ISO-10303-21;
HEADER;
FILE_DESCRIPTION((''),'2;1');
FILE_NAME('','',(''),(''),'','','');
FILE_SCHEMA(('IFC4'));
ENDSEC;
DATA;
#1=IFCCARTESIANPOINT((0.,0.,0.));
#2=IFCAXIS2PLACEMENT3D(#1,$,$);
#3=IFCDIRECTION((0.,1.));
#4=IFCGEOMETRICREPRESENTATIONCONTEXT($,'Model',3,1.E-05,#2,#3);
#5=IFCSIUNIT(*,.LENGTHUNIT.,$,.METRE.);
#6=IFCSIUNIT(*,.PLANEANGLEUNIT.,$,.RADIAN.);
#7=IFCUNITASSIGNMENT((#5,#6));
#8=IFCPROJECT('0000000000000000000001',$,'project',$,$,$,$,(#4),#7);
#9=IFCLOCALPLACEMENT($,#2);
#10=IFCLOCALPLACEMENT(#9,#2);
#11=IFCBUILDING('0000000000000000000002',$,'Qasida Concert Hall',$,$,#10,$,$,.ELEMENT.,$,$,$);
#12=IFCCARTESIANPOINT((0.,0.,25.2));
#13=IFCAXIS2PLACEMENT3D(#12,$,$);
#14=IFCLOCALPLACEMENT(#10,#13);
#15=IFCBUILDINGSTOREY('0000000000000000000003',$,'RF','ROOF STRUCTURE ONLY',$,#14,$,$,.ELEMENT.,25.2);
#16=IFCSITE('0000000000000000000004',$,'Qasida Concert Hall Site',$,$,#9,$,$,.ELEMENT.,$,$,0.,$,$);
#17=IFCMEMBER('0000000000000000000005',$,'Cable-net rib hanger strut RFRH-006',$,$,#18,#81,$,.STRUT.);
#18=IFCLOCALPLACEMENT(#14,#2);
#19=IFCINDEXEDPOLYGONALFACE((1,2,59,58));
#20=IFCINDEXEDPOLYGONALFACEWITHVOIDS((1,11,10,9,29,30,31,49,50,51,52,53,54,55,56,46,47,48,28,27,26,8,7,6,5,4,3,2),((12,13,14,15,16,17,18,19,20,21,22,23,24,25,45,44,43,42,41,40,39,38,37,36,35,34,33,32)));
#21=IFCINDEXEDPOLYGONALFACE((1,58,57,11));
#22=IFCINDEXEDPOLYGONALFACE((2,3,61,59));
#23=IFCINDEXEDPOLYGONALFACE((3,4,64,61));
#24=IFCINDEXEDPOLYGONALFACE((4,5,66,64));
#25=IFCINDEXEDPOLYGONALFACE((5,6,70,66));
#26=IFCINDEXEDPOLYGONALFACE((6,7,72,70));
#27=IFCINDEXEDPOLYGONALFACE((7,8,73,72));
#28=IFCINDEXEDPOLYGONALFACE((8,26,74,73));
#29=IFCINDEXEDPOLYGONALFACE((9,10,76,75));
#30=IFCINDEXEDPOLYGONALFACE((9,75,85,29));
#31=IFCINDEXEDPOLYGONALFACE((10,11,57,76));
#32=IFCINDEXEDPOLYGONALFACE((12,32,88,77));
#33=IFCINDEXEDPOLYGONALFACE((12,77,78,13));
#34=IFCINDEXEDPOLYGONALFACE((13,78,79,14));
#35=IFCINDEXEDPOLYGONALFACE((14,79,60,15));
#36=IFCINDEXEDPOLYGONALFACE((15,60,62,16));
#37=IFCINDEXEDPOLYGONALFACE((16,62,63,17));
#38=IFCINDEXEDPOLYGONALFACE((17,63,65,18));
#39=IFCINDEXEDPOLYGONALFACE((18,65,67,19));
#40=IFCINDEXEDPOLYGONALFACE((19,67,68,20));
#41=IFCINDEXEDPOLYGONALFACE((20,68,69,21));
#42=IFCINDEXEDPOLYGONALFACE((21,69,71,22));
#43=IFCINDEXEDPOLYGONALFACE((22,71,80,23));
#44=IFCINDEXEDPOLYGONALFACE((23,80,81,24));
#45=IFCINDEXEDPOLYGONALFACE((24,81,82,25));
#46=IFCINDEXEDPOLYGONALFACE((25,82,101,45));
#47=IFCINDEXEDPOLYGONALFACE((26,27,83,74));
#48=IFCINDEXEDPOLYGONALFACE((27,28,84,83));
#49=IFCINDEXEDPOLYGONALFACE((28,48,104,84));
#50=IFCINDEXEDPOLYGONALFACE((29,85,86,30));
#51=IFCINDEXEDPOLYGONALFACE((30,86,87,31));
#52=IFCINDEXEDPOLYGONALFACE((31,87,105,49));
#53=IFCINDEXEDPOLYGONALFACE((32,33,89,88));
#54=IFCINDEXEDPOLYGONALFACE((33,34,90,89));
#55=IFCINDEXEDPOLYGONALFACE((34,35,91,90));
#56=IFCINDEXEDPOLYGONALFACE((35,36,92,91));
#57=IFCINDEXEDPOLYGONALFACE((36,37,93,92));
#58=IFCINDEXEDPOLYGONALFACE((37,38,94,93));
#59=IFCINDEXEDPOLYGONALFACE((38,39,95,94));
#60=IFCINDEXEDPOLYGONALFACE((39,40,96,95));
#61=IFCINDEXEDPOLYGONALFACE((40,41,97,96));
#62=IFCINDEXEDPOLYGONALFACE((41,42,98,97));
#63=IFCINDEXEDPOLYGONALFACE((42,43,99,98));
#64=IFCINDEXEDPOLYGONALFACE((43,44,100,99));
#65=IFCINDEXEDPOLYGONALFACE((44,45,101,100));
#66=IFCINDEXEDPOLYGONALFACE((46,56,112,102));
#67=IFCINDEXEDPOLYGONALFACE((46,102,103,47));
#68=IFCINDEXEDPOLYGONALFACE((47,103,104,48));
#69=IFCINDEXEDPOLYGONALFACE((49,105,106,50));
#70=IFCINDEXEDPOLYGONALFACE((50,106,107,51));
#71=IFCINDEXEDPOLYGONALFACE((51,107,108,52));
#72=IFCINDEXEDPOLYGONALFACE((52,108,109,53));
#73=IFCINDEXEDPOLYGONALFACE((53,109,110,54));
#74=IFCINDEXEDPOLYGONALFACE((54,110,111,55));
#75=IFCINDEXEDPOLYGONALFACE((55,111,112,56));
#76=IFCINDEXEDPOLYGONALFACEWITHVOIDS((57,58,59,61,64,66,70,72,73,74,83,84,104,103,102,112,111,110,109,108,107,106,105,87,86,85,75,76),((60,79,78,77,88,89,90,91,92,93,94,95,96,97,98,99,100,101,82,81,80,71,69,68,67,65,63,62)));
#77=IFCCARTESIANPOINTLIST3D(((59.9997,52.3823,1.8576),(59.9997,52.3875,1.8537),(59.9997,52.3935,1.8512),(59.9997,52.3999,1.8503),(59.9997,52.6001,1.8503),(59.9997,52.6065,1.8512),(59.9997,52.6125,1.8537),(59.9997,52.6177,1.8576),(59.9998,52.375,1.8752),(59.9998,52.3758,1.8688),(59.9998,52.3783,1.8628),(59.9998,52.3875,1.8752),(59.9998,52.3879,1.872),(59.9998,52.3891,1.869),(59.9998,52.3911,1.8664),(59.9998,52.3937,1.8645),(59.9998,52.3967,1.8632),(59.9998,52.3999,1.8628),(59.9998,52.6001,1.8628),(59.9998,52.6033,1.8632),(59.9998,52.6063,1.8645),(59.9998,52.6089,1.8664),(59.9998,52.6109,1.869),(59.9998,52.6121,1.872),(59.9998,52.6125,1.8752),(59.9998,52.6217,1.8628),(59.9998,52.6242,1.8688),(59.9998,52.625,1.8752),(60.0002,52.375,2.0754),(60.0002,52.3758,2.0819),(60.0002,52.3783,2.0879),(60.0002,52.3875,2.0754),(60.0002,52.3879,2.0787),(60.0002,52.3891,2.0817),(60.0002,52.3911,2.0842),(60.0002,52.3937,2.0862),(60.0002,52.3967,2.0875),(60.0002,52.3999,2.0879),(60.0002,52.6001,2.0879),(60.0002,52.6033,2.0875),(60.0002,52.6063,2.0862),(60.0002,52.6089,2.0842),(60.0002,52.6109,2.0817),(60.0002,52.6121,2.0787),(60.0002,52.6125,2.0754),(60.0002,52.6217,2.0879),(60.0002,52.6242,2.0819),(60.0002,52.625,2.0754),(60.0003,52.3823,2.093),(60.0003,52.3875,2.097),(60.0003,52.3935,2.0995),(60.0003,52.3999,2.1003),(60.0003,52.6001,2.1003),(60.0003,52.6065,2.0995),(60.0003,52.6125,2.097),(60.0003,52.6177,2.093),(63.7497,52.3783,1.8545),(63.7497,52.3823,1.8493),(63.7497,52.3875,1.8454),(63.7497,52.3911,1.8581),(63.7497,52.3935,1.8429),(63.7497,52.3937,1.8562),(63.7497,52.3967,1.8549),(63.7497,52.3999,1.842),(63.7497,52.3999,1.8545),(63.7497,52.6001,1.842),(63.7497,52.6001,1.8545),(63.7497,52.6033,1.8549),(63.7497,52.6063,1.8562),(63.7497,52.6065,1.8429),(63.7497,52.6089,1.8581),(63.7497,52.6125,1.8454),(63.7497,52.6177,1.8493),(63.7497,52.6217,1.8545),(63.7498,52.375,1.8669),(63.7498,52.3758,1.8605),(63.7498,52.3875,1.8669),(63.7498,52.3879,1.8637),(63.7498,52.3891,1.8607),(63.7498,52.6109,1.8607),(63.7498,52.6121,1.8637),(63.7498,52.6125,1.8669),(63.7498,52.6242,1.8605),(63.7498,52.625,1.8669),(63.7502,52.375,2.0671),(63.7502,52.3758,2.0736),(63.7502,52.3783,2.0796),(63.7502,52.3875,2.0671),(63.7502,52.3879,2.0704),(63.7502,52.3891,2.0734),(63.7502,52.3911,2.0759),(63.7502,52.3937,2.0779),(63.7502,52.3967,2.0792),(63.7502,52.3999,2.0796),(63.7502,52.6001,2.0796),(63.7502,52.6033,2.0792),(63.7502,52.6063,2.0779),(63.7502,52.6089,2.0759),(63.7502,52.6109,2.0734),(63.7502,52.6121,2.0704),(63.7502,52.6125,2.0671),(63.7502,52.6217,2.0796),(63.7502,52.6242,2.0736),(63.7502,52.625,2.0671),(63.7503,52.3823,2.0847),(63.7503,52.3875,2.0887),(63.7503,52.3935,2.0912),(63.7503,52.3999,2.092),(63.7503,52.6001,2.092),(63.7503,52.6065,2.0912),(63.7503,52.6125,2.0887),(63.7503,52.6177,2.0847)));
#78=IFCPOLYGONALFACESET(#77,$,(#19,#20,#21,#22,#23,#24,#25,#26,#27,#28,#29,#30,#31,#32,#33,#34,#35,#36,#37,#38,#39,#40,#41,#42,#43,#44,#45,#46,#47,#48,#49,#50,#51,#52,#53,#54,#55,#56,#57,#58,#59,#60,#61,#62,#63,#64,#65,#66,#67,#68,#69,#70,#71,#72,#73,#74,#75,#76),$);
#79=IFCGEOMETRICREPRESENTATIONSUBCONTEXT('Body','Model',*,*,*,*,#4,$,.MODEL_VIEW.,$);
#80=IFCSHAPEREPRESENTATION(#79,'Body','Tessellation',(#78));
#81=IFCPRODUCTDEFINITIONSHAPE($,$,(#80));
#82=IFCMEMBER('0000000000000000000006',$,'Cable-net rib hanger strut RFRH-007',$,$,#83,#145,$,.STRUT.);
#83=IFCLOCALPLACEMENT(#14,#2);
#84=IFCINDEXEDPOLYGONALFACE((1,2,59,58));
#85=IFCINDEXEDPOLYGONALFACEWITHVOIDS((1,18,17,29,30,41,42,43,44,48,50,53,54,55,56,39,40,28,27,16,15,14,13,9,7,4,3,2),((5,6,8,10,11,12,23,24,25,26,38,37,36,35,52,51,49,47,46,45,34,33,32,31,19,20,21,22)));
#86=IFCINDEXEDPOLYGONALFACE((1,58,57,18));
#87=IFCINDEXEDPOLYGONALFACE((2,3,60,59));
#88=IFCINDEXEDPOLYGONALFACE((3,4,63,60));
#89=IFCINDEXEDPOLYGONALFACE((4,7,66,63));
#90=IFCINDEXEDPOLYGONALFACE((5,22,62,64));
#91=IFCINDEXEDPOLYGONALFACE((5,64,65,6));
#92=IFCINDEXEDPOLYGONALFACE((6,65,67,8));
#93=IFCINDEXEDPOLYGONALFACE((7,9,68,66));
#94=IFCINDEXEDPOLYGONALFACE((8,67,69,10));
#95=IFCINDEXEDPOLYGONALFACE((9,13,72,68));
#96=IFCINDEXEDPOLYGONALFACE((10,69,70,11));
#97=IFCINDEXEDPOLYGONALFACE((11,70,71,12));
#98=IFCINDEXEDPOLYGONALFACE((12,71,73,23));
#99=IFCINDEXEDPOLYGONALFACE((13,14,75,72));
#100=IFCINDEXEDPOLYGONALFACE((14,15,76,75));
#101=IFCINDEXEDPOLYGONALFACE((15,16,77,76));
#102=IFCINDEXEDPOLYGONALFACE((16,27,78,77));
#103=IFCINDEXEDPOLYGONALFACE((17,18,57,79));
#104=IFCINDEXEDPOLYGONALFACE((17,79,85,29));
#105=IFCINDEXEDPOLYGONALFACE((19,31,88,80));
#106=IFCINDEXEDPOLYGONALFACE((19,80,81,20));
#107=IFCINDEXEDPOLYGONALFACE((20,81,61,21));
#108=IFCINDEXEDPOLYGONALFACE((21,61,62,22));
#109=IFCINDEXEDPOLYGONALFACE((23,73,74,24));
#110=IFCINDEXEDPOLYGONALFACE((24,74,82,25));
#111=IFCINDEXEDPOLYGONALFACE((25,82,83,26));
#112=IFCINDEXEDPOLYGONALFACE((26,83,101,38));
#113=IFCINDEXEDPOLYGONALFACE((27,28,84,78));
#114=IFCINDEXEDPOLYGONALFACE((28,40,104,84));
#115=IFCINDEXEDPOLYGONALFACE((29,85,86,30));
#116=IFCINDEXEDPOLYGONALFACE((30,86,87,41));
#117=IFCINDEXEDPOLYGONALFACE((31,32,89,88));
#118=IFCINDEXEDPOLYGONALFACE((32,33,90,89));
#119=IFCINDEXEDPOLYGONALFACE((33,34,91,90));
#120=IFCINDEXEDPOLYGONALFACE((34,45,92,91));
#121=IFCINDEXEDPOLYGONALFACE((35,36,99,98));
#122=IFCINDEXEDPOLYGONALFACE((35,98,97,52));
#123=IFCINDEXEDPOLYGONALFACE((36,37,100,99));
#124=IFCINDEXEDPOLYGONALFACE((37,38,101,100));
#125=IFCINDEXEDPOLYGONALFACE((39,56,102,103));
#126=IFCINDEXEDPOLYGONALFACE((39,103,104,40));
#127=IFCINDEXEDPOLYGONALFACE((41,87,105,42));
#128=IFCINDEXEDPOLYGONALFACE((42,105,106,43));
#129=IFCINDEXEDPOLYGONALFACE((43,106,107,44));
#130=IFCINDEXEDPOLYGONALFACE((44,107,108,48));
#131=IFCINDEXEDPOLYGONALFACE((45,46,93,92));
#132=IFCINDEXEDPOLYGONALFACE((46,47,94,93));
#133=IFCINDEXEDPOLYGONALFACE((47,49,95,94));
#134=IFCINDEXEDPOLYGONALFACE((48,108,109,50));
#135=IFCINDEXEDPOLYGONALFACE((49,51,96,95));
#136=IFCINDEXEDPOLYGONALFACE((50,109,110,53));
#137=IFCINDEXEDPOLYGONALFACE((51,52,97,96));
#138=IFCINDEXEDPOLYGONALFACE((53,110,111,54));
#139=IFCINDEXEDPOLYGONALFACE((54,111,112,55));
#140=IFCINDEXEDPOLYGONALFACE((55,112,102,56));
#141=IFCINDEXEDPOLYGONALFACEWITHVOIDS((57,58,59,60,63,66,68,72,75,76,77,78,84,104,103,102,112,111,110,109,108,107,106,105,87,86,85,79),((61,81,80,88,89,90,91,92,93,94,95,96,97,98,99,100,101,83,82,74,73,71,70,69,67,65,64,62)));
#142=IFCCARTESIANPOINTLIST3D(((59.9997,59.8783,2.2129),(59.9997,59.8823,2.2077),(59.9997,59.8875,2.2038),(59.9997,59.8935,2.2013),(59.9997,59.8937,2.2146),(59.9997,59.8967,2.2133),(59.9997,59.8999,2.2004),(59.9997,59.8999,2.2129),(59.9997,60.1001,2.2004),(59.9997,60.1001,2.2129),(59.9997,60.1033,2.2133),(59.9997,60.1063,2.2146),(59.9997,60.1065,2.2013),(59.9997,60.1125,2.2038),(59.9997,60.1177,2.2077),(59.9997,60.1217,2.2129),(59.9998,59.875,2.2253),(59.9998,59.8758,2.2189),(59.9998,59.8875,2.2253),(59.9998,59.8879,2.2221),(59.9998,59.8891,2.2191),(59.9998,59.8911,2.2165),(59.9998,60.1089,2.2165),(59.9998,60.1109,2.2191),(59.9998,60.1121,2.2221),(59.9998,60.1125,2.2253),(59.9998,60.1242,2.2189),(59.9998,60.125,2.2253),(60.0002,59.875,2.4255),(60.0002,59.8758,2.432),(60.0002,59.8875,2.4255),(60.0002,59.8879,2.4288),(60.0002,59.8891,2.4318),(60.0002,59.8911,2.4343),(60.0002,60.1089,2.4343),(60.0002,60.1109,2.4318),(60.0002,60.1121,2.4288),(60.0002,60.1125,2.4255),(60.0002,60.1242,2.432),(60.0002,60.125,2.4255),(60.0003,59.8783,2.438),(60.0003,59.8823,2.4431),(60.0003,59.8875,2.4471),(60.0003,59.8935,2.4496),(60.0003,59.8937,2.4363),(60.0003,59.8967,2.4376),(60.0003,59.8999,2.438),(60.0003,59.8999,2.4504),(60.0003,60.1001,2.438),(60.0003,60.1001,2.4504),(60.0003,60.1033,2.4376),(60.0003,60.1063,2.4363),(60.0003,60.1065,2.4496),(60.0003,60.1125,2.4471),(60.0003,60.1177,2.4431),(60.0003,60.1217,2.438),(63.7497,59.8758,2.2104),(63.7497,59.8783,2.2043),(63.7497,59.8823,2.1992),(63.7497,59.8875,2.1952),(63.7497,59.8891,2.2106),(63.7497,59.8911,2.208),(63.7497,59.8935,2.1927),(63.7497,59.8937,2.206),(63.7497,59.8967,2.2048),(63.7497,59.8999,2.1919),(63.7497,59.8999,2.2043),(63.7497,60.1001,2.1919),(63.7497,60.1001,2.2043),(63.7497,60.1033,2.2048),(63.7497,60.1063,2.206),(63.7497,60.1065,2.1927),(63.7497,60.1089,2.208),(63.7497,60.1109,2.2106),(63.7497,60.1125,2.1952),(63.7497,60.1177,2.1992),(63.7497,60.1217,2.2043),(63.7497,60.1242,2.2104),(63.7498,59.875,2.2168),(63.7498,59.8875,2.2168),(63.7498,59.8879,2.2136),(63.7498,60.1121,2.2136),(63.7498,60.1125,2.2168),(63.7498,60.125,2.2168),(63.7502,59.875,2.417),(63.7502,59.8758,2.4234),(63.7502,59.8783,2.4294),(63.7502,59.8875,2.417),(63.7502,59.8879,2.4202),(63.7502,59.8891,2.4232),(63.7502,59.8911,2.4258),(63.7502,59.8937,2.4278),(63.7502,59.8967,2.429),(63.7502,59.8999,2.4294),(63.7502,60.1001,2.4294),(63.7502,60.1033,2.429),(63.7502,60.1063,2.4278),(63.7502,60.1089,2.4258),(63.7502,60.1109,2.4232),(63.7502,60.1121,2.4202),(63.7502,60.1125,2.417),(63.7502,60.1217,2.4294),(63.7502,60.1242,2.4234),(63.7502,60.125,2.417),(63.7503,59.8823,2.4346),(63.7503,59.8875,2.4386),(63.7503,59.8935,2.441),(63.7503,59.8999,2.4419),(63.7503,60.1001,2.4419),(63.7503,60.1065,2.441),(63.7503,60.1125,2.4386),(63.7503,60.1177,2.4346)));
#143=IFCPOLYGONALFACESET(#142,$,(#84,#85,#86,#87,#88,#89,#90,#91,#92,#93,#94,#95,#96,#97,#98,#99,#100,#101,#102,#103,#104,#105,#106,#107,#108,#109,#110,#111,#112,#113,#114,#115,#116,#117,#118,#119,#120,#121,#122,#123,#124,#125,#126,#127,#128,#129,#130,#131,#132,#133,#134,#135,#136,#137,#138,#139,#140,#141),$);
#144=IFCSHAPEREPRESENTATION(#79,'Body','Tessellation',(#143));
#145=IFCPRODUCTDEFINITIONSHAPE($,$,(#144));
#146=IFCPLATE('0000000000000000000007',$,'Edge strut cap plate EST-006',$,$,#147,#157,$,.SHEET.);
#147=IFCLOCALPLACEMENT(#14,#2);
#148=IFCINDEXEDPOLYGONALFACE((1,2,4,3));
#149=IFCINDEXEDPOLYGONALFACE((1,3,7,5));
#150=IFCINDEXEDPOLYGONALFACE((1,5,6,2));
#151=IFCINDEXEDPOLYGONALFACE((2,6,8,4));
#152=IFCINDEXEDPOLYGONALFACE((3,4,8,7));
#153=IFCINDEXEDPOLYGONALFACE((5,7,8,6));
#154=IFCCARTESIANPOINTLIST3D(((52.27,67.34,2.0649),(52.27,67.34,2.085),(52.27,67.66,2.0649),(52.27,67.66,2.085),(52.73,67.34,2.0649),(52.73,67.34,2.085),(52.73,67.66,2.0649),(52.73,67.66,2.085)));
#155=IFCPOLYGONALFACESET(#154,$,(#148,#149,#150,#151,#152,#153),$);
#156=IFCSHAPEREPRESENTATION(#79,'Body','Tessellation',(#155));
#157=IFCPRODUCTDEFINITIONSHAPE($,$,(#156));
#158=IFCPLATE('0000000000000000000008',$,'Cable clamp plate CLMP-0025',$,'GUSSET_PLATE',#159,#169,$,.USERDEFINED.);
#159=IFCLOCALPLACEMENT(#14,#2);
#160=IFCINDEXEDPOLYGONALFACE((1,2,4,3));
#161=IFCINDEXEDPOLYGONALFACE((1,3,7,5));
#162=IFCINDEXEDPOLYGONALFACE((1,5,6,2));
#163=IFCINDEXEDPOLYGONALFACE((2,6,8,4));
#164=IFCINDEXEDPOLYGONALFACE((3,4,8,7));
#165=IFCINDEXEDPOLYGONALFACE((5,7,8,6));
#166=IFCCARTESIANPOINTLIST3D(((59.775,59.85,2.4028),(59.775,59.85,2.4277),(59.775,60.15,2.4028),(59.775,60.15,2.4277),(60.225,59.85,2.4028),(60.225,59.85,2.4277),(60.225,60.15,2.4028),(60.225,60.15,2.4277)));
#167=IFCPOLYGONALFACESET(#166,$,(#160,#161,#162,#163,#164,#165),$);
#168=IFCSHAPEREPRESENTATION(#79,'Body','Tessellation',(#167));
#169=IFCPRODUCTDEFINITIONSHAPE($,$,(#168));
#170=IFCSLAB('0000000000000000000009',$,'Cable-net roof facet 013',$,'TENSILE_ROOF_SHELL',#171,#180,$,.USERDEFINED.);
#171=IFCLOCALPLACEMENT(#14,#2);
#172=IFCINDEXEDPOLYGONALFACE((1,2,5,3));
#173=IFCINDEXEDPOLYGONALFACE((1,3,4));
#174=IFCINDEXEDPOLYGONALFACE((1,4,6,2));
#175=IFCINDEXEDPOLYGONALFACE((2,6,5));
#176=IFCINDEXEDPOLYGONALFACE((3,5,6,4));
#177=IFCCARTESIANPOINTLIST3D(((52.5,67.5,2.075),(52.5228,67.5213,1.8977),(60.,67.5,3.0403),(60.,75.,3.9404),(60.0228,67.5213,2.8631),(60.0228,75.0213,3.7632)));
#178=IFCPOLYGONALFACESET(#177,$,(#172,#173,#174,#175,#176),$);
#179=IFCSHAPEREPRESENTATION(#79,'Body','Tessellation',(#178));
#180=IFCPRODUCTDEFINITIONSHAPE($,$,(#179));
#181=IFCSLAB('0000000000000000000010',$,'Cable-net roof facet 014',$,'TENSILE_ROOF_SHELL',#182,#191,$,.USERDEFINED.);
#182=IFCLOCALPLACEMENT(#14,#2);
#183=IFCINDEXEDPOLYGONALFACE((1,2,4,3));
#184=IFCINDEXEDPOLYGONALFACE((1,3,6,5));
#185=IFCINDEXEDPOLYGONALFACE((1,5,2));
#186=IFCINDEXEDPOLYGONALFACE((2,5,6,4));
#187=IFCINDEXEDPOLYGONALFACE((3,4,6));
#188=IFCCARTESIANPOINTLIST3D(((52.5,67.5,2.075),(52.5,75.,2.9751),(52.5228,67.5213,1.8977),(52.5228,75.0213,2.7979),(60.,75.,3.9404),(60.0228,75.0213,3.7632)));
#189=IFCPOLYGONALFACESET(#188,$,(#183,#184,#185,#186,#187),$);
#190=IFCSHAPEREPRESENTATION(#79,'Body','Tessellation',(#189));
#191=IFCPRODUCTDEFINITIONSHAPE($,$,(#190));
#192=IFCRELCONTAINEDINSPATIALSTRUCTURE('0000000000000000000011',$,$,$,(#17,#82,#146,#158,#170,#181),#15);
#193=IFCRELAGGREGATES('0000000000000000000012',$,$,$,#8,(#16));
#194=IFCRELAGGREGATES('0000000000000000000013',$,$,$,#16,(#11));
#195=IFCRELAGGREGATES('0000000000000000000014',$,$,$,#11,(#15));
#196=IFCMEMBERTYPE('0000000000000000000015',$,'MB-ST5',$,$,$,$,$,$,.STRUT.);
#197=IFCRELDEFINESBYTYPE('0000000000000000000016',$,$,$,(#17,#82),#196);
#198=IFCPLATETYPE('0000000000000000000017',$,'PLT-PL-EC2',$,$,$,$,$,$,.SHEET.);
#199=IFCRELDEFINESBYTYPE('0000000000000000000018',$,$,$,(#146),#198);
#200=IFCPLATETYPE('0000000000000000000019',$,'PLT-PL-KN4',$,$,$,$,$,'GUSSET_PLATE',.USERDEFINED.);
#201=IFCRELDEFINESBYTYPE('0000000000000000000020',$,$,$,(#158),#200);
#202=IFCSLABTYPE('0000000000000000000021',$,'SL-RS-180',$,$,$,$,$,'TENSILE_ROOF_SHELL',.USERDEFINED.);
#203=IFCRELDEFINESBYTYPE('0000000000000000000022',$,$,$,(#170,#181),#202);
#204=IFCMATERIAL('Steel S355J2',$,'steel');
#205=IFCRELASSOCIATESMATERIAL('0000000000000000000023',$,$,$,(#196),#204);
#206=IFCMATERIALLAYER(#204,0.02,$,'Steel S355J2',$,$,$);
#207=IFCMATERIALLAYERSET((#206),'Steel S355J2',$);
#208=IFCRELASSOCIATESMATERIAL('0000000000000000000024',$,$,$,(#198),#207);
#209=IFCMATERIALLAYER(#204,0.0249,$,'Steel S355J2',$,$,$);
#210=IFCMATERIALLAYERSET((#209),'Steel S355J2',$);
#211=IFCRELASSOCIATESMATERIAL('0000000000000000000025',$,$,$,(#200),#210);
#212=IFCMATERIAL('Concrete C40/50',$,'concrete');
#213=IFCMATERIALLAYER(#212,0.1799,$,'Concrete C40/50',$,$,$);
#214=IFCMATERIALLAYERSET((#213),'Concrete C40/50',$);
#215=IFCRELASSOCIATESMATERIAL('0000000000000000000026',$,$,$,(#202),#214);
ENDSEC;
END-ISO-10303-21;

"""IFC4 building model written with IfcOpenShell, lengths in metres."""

from ifc_helpers import new_model, si_unit, direction, frame, origin, origin_2d, place, context, subcontext, project, spatial, polyline, rectangle, hollow_rectangle, outline, extrude, material, layer, layer_set, material_profile, profile_set, type_object, element, save


model = new_model("IFC4")

# Units and contexts
model_context = context("Model", 3, precision=1e-05, world=origin(), true_north=direction((0.0, 1.0)))
body_context = subcontext(model_context, "Body", "Model", "MODEL_VIEW")
ifc_project = project(units=[si_unit("LENGTHUNIT", "METRE"), si_unit("PLANEANGLEUNIT", "RADIAN")], contexts=[model_context])

# Site, building, storey
site_placement = place(None, origin())
site = spatial("IfcSite", under=ifc_project, at=site_placement, Name="Qasida Concert Hall Site", CompositionType="ELEMENT", RefElevation=0.0)
building_placement = place(site_placement, origin())
building = spatial("IfcBuilding", under=site, at=building_placement, Name="Qasida Concert Hall", CompositionType="ELEMENT")
storey_placement = place(building_placement, frame((0.0, 0.0, 25.2)))
storey = spatial("IfcBuildingStorey", under=building, at=storey_placement, Name="RF", Description="ROOF STRUCTURE ONLY", CompositionType="ELEMENT", Elevation=25.2)

# Members
ifc_material_1 = material(Name="Steel S355J2", Category="steel")
ifc_material_profile_1 = material_profile(ifc_material_1, hollow_rectangle(XDim=0.25, YDim=0.25, WallThickness=0.0125, InnerFilletRadius=0.0125, OuterFilletRadius=0.0249, at=origin_2d()), Name="SHS 250x250x12.5")
ifc_profile_set_1 = profile_set([ifc_material_profile_1], Name="Steel S355J2")
member_type_1 = type_object("IfcMemberType", Name="MB-ST5", PredefinedType="STRUT", material=ifc_profile_set_1)
for number, where, z_axis, x_axis, name in (
    (1, (60.0, 52.5, 1.9753), (0.999998, 0.0, -0.002214), (0.0, 1.0, 0.0), "Cable-net rib hanger strut RFRH-006"),
    (2, (60.0, 60.0, 2.3254), (0.999997, 0.0, -0.002279), (0.0, 1.0, 0.0), "Cable-net rib hanger strut RFRH-007"),
):
    element("IfcMember", number, at=place(storey_placement, frame(where, z_axis=z_axis, x_axis=x_axis)), inside=storey, type_object=member_type_1, Name=name, PredefinedType="STRUT", context=body_context, shape_type="SweptSolid", body=[
        extrude(hollow_rectangle(XDim=0.25, YDim=0.25, WallThickness=0.0125, InnerFilletRadius=0.0125, OuterFilletRadius=0.0249, at=origin_2d()), origin(), (0.0, 0.0, 1.0), 3.75),
    ])

# Plates
ifc_layer_1 = layer(ifc_material_1, 0.02, Name="Steel S355J2")
ifc_layer_set_1 = layer_set([ifc_layer_1], Name="Steel S355J2")
plate_type_1 = type_object("IfcPlateType", Name="PLT-PL-EC2", PredefinedType="SHEET", material=ifc_layer_set_1)
plate_1_placement = place(storey_placement, frame((52.5, 67.5, 2.0649), z_axis=(0.0, 0.0, 1.0), x_axis=(1.0, 0.0, 0.0)))
element("IfcPlate", 3, at=plate_1_placement, inside=storey, type_object=plate_type_1, Name="Edge strut cap plate EST-006", PredefinedType="SHEET", context=body_context, shape_type="SweptSolid", body=[
    extrude(rectangle(XDim=0.46, YDim=0.3201, at=origin_2d()), origin(), (0.0, 0.0, 1.0), 0.02),
])
ifc_layer_2 = layer(ifc_material_1, 0.0249, Name="Steel S355J2")
ifc_layer_set_2 = layer_set([ifc_layer_2], Name="Steel S355J2")
plate_type_2 = type_object("IfcPlateType", Name="PLT-PL-KN4", ElementType="GUSSET_PLATE", PredefinedType="USERDEFINED", material=ifc_layer_set_2)
plate_2_placement = place(storey_placement, frame((60.0, 60.0, 2.4028), z_axis=(0.0, 0.0, 1.0), x_axis=(1.0, 0.0, 0.0)))
element("IfcPlate", 4, at=plate_2_placement, inside=storey, type_object=plate_type_2, Name="Cable clamp plate CLMP-0025", ObjectType="GUSSET_PLATE", PredefinedType="USERDEFINED", context=body_context, shape_type="SweptSolid", body=[
    extrude(rectangle(XDim=0.45, YDim=0.3, at=origin_2d()), origin(), (0.0, 0.0, 1.0), 0.0249),
])

# Slabs
ifc_material_2 = material(Name="Concrete C40/50", Category="concrete")
ifc_layer_3 = layer(ifc_material_2, 0.1799, Name="Concrete C40/50")
ifc_layer_set_3 = layer_set([ifc_layer_3], Name="Concrete C40/50")
slab_type = type_object("IfcSlabType", Name="SL-RS-180", ElementType="TENSILE_ROOF_SHELL", PredefinedType="USERDEFINED", material=ifc_layer_set_3)
slab_1_placement = place(storey_placement, frame((52.5, 67.5, 2.075), z_axis=(-0.126763, -0.118203, 0.984865), x_axis=(0.991818, 0.0, 0.127658)))
element("IfcSlab", 5, at=slab_1_placement, inside=storey, type_object=slab_type, Name="Cable-net roof facet 013", ObjectType="TENSILE_ROOF_SHELL", PredefinedType="USERDEFINED", context=body_context, shape_type="SweptSolid", body=[
    extrude(outline(polyline([(0.0, 0.0), (7.5619, 0.0), (7.6768, 7.553), (0.0, 0.0)])), origin(), (0.0, 0.0, -1.0), 0.1799),
])
slab_2_placement = place(storey_placement, frame((52.5, 67.5, 2.075), z_axis=(-0.126763, -0.118203, 0.984865), x_axis=(0.696418, 0.696418, 0.17322)))
element("IfcSlab", 6, at=slab_2_placement, inside=storey, type_object=slab_type, Name="Cable-net roof facet 014", ObjectType="TENSILE_ROOF_SHELL", PredefinedType="USERDEFINED", context=body_context, shape_type="SweptSolid", body=[
    extrude(outline(polyline([(0.0, 0.0), (10.7694, 0.0), (5.3791, 5.3034), (0.0, 0.0)])), origin(), (0.0, 0.0, -1.0), 0.1799),
])

save(model, "model.ifc")
